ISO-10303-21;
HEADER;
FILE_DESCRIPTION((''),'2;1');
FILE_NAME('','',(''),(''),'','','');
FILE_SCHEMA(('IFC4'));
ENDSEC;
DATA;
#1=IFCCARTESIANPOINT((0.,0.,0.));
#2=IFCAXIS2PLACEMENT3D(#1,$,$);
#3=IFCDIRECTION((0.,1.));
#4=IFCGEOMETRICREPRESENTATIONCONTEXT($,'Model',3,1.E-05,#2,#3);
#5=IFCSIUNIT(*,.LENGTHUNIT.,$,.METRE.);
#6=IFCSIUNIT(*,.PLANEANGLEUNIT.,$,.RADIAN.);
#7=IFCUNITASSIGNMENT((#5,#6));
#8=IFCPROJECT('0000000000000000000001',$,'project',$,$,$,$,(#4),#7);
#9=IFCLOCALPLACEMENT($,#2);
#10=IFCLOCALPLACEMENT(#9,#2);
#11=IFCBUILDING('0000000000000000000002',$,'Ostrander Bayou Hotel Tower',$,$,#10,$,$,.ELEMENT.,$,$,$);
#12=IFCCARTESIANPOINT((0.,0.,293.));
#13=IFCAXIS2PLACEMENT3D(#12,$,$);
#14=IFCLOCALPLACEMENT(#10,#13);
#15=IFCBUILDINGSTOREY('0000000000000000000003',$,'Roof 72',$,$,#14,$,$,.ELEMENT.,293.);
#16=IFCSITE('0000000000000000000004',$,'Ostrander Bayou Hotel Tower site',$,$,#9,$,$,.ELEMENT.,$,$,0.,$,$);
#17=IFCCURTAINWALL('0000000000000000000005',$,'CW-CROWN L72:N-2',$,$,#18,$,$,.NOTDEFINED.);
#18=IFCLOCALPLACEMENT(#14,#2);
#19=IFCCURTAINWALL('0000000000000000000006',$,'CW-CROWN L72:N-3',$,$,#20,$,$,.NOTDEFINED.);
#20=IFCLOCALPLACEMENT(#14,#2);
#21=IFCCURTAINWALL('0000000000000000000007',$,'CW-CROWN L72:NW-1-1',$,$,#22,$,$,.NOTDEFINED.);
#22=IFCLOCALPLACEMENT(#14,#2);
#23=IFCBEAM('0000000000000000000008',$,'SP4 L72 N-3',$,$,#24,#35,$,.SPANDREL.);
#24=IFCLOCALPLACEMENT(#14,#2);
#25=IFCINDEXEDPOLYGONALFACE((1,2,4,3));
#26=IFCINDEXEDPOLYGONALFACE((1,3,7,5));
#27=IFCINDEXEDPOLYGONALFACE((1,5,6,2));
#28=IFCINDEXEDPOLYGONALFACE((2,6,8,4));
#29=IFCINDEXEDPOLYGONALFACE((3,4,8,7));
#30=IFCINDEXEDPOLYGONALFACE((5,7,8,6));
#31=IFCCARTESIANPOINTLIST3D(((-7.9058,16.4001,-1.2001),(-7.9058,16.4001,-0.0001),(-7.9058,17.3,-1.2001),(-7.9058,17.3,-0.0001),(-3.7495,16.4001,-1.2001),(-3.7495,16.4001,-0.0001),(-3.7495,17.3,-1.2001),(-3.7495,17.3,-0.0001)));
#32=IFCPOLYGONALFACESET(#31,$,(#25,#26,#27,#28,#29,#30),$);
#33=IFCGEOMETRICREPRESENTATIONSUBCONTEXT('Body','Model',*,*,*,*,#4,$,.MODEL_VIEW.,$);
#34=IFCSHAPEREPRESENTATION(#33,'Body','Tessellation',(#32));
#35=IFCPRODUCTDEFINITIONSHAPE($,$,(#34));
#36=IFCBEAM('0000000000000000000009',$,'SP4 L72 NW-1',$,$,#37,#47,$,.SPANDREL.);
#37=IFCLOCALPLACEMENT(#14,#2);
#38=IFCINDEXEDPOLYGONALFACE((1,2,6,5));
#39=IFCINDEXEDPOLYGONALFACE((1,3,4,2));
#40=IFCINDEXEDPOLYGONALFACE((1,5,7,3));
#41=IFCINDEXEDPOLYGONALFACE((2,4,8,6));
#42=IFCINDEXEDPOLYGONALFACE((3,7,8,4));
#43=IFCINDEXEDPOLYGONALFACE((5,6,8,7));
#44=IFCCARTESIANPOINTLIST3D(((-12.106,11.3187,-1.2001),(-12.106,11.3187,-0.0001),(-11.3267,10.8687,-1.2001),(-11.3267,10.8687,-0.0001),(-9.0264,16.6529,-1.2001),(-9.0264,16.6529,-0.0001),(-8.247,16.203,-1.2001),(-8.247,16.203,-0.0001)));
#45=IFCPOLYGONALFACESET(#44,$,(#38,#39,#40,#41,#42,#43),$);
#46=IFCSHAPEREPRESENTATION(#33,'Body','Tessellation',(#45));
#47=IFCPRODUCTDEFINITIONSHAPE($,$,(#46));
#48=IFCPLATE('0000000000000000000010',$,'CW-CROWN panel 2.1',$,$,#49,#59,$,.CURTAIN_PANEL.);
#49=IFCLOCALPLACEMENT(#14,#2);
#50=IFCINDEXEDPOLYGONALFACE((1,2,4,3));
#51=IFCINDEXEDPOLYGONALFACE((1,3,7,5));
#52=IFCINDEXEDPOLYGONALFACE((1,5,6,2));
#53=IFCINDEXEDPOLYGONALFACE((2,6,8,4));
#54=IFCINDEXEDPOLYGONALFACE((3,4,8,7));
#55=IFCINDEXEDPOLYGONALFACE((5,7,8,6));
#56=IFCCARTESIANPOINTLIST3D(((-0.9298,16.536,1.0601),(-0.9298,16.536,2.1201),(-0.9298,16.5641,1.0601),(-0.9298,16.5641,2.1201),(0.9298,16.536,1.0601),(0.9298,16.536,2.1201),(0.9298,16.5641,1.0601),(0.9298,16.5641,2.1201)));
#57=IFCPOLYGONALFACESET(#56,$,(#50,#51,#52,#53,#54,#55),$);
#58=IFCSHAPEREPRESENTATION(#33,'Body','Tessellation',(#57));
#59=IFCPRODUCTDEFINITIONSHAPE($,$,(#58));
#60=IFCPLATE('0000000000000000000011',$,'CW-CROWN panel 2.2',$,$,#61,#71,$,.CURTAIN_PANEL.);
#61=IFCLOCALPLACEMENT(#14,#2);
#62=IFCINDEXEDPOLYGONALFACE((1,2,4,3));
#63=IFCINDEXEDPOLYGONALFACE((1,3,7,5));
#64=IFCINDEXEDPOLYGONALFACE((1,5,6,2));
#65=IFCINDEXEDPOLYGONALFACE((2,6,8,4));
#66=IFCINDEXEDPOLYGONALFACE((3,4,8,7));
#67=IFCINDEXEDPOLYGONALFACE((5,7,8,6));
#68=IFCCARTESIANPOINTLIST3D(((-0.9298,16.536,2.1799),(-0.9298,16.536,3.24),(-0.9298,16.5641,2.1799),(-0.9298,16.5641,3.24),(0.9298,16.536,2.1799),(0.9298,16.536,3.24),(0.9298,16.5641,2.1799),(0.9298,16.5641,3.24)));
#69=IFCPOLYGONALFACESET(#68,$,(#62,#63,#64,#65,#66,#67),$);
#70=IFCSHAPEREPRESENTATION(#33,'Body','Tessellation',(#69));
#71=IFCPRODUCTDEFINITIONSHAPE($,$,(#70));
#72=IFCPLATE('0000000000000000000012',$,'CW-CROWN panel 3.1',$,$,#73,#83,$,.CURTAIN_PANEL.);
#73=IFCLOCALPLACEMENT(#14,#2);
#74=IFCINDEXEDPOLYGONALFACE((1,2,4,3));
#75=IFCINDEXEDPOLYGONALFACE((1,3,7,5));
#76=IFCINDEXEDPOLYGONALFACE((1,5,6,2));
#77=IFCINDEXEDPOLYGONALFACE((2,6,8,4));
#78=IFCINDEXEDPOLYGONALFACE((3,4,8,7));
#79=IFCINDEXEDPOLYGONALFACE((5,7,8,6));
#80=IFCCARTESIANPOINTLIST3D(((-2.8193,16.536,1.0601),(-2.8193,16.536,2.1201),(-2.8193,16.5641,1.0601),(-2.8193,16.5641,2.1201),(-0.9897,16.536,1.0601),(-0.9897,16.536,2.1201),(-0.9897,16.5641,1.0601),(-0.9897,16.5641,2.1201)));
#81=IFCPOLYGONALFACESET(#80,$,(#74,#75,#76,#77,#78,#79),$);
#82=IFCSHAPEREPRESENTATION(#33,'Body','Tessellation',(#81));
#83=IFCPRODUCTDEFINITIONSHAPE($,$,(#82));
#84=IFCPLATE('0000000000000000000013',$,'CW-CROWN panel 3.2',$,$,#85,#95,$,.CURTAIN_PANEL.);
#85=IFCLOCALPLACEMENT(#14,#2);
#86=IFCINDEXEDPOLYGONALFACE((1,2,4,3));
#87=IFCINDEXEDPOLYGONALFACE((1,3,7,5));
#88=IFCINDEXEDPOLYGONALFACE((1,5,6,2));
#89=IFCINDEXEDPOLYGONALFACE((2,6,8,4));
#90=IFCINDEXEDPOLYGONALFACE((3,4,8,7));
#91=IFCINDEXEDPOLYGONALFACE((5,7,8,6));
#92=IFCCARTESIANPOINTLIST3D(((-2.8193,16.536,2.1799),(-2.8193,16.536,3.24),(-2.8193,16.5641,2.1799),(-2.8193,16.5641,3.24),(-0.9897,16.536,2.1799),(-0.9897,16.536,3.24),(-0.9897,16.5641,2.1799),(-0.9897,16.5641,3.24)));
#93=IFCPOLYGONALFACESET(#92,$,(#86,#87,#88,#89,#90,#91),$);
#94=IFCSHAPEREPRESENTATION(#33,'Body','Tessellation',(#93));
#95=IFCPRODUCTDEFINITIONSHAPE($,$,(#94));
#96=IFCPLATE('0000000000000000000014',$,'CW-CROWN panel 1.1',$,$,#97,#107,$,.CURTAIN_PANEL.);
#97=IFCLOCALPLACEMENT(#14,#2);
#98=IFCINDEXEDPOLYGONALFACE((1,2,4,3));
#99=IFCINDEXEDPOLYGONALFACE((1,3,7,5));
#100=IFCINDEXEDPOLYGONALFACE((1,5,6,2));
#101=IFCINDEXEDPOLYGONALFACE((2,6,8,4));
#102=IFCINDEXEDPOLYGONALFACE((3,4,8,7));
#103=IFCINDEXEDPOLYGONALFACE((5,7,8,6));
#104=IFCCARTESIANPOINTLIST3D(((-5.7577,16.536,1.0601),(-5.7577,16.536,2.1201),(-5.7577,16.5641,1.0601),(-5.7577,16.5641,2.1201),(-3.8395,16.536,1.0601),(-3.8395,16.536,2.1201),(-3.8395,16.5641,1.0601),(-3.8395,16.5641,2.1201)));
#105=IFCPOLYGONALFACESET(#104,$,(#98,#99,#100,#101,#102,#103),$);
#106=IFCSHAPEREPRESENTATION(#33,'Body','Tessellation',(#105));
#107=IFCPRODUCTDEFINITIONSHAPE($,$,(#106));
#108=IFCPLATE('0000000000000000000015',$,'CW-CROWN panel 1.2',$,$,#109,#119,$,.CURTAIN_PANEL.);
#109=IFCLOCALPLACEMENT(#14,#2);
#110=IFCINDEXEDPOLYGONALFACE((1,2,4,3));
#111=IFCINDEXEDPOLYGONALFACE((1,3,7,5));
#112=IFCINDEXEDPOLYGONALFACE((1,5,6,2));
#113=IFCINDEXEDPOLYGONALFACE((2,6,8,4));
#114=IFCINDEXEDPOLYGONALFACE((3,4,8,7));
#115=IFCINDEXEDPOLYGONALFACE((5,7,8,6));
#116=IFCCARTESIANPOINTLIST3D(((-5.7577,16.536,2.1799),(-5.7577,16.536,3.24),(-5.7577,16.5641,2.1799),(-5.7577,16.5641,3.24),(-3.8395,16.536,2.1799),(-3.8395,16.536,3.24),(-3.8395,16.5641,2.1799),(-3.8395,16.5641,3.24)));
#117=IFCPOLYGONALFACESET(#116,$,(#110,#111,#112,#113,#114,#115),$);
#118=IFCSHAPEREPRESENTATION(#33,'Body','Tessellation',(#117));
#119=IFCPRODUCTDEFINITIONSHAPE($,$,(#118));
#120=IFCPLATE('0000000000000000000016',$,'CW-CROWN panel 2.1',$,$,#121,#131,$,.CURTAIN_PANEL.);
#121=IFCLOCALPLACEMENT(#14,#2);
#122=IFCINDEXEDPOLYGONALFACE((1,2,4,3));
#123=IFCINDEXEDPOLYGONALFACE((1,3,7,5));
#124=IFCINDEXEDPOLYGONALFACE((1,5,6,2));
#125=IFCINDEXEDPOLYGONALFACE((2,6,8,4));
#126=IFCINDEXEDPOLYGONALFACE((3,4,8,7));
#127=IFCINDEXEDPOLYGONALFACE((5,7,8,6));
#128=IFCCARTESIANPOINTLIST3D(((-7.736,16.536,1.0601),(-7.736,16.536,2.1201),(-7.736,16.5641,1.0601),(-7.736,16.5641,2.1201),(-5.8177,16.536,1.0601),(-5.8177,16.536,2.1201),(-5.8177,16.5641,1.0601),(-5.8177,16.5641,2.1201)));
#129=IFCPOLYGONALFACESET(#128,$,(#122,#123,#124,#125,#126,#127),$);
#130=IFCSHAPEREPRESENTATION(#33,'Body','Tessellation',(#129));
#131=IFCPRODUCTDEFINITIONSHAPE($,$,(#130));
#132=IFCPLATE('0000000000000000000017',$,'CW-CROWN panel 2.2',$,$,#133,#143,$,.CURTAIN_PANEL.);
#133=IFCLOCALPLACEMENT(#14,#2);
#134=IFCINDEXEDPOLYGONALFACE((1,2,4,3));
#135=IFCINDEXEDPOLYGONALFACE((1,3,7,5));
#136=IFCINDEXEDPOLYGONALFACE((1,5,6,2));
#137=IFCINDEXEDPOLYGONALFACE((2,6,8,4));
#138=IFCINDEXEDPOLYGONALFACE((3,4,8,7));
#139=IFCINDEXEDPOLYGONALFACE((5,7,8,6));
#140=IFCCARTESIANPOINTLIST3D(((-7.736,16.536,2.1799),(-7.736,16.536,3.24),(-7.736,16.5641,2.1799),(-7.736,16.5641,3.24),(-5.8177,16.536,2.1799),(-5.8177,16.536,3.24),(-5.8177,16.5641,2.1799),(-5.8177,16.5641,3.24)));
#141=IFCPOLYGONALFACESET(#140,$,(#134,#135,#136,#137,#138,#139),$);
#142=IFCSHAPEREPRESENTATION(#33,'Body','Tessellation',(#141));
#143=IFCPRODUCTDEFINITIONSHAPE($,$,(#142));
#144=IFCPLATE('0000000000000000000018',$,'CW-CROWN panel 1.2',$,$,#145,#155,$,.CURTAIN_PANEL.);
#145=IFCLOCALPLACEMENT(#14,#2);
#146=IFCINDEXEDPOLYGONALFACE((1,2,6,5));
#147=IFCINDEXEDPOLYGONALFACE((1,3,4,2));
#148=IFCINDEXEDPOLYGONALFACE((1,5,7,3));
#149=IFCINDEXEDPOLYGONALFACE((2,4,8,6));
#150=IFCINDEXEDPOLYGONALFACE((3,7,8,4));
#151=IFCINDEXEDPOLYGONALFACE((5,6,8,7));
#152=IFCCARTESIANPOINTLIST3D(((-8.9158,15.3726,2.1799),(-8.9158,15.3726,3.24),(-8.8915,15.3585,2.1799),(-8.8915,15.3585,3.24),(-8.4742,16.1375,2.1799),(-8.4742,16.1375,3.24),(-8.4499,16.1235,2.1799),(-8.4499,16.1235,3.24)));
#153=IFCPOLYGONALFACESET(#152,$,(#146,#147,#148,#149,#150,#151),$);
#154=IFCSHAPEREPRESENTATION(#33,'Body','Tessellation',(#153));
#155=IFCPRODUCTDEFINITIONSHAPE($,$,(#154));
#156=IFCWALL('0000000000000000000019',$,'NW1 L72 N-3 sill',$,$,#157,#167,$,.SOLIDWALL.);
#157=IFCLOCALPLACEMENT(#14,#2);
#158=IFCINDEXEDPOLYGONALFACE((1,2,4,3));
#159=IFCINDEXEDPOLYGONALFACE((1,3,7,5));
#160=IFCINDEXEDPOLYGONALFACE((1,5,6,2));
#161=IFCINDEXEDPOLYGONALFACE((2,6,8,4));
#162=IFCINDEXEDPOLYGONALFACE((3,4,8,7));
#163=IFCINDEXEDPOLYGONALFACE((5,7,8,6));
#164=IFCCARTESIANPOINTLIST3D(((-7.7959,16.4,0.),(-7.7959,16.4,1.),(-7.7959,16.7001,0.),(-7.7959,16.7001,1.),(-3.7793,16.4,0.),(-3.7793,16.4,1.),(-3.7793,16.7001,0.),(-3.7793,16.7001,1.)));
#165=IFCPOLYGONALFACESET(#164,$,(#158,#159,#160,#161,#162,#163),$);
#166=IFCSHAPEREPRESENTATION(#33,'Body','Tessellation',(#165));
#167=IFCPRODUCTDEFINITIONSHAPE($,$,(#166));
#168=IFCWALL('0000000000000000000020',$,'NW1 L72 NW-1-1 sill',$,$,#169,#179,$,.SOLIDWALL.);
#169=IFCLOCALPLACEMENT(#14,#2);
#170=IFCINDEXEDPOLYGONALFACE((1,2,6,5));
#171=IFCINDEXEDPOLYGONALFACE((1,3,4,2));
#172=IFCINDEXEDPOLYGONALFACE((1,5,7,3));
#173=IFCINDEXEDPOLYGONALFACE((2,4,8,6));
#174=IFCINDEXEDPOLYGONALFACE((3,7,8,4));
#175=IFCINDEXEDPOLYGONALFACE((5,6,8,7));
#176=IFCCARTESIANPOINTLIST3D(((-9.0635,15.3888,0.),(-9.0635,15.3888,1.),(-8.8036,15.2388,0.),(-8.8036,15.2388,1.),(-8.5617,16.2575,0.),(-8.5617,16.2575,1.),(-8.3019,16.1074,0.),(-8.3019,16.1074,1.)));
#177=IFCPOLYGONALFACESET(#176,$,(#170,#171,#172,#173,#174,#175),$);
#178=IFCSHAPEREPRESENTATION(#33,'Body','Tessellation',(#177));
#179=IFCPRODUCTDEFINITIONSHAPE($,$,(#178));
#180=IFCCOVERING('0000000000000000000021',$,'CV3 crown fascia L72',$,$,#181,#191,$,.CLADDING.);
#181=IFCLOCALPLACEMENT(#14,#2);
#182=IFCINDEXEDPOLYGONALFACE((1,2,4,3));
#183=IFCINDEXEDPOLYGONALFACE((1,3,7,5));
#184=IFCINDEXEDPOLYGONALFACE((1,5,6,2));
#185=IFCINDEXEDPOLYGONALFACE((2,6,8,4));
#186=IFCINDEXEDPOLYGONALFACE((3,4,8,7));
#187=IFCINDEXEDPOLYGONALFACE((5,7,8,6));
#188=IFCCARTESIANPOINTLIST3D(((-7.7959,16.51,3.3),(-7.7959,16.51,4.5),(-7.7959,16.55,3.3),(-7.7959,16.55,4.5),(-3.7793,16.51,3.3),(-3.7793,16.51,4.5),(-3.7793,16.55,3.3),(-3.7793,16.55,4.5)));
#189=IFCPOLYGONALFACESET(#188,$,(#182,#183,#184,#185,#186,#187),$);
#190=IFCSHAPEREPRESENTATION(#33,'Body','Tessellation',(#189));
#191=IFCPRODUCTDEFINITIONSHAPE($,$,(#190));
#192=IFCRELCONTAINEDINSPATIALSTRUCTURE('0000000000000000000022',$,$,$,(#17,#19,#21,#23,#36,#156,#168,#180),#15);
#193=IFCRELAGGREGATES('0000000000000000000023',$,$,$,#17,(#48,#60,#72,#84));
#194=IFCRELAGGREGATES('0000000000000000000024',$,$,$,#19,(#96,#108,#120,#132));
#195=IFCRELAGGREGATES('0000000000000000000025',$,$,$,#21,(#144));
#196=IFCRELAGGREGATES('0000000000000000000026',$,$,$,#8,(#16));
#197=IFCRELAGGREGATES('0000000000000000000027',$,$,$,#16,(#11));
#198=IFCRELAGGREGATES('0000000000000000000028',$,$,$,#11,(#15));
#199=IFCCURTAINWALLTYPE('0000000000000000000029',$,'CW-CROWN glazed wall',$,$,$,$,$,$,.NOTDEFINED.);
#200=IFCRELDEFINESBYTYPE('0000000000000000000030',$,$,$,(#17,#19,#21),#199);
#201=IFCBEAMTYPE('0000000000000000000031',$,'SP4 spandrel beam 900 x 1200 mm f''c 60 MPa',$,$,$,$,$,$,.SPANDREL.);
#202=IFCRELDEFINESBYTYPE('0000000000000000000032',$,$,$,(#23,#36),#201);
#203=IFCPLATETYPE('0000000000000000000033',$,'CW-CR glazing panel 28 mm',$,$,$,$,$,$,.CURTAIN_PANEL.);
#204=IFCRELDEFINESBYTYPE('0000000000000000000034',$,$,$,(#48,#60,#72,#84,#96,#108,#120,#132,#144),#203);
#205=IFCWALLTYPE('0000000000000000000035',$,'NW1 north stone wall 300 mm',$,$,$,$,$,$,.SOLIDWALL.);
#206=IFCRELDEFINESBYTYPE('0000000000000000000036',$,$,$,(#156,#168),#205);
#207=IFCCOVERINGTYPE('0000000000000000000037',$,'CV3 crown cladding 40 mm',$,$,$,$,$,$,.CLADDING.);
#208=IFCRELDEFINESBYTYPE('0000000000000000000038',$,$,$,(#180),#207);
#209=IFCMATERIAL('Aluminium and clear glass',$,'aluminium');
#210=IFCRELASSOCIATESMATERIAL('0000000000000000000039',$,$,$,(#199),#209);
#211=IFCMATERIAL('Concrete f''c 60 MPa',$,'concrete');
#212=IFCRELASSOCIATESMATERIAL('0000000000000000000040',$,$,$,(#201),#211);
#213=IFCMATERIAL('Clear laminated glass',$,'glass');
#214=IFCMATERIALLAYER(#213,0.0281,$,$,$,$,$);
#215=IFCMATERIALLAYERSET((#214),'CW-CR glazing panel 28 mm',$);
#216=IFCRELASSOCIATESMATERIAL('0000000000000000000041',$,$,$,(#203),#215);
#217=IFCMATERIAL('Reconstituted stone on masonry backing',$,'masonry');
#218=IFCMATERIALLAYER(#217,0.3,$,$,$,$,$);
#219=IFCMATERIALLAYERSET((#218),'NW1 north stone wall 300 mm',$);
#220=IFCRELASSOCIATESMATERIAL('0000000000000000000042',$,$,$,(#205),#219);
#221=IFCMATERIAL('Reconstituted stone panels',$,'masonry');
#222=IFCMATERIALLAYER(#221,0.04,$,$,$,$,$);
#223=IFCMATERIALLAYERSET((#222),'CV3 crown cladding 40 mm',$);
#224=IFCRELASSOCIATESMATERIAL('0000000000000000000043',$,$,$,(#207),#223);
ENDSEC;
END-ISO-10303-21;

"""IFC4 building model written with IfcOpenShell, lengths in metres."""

from ifc_helpers import new_model, si_unit, direction, frame, frame_2d, origin, origin_2d, place, context, subcontext, project, spatial, polyline, rectangle, outline, extrude, material, layer, layer_set, material_profile, profile_set, type_object, element, aggregate, save


model = new_model("IFC4")

# Units and contexts
model_context = context("Model", 3, precision=1e-05, world=origin(), true_north=direction((0.0, 1.0)))
body_context = subcontext(model_context, "Body", "Model", "MODEL_VIEW")
ifc_project = project(units=[si_unit("LENGTHUNIT", "METRE"), si_unit("PLANEANGLEUNIT", "RADIAN")], contexts=[model_context])

# Site, building, storey
site_placement = place(None, origin())
site = spatial("IfcSite", under=ifc_project, at=site_placement, Name="Ostrander Bayou Hotel Tower site", CompositionType="ELEMENT", RefElevation=0.0)
building_placement = place(site_placement, origin())
building = spatial("IfcBuilding", under=site, at=building_placement, Name="Ostrander Bayou Hotel Tower", CompositionType="ELEMENT")
storey_placement = place(building_placement, frame((0.0, 0.0, 293.0)))
storey = spatial("IfcBuildingStorey", under=building, at=storey_placement, Name="Roof 72", CompositionType="ELEMENT", Elevation=293.0)

# Curtain walls
ifc_material_1 = material(Name="Aluminium and clear glass", Category="aluminium")
curtain_wall_type = type_object("IfcCurtainWallType", Name="CW-CROWN glazed wall", PredefinedType="NOTDEFINED", material=ifc_material_1)
curtain_wall_1_placement = place(storey_placement, origin())
curtain_wall_1 = element("IfcCurtainWall", 1, at=curtain_wall_1_placement, inside=storey, type_object=curtain_wall_type, Name="CW-CROWN L72:N-2", PredefinedType="NOTDEFINED")
curtain_wall_2_placement = place(storey_placement, origin())
curtain_wall_2 = element("IfcCurtainWall", 2, at=curtain_wall_2_placement, inside=storey, type_object=curtain_wall_type, Name="CW-CROWN L72:N-3", PredefinedType="NOTDEFINED")

# Curtain wall
curtain_wall_3_placement = place(storey_placement, origin())
curtain_wall_3 = element("IfcCurtainWall", 3, at=curtain_wall_3_placement, inside=storey, type_object=curtain_wall_type, Name="CW-CROWN L72:NW-1-1", PredefinedType="NOTDEFINED")

# Beams
ifc_material_2 = material(Name="Concrete f'c 60 MPa", Category="concrete")
ifc_material_profile_1 = material_profile(ifc_material_2, rectangle(XDim=0.8999, YDim=1.2, at=origin_2d()))
ifc_profile_set_1 = profile_set([ifc_material_profile_1], Name="Concrete f'c 60 MPa")
beam_type = type_object("IfcBeamType", Name="SP4 spandrel beam 900 x 1200 mm f'c 60 MPa", PredefinedType="SPANDREL", material=ifc_profile_set_1)
beam_1_placement = place(storey_placement, frame((-3.7495, 16.8501, -0.6001), z_axis=(-1.0, 0.0, 0.0), x_axis=(0.0, -1.0, 0.0)))
element("IfcBeam", 4, at=beam_1_placement, inside=storey, type_object=beam_type, Name="SP4 L72 N-3", PredefinedType="SPANDREL", context=body_context, shape_type="SweptSolid", body=[
    extrude(rectangle(XDim=0.8999, YDim=1.2, at=origin_2d()), origin(), (0.0, 0.0, 1.0), 4.1562),
])
beam_2_placement = place(storey_placement, frame((-8.6367, 16.428, -0.6001), z_axis=(-0.499984, -0.866034, 0.0), x_axis=(0.866034, -0.499984, 0.0)))
element("IfcBeam", 5, at=beam_2_placement, inside=storey, type_object=beam_type, Name="SP4 L72 NW-1", PredefinedType="SPANDREL", context=body_context, shape_type="SweptSolid", body=[
    extrude(rectangle(XDim=0.8999, YDim=1.2, at=origin_2d()), origin(), (0.0, 0.0, 1.0), 6.1594),
])

# Plates
ifc_material_3 = material(Name="Clear laminated glass", Category="glass")
ifc_layer_1 = layer(ifc_material_3, 0.0281)
ifc_layer_set_1 = layer_set([ifc_layer_1], Name="CW-CR glazing panel 28 mm")
plate_type = type_object("IfcPlateType", Name="CW-CR glazing panel 28 mm", PredefinedType="CURTAIN_PANEL", material=ifc_layer_set_1)
plate_1_placement = place(storey_placement, frame((0.0, 16.55, 1.0601), z_axis=(0.0, 0.0, 1.0), x_axis=(-1.0, 0.0, 0.0)))
plate_1 = element("IfcPlate", 6, at=plate_1_placement, type_object=plate_type, Name="CW-CROWN panel 2.1", PredefinedType="CURTAIN_PANEL", context=body_context, shape_type="SweptSolid", body=[
    extrude(rectangle(XDim=1.8596, YDim=0.0281, at=origin_2d()), origin(), (0.0, 0.0, 1.0), 1.0601),
])
plate_2_placement = place(storey_placement, frame((0.0, 16.55, 2.1799), z_axis=(0.0, 0.0, 1.0), x_axis=(-1.0, 0.0, 0.0)))
plate_2 = element("IfcPlate", 7, at=plate_2_placement, type_object=plate_type, Name="CW-CROWN panel 2.2", PredefinedType="CURTAIN_PANEL", context=body_context, shape_type="SweptSolid", body=[
    extrude(rectangle(XDim=1.8596, YDim=0.0281, at=origin_2d()), origin(), (0.0, 0.0, 1.0), 1.0601),
])
plate_3_placement = place(storey_placement, frame((-1.9045, 16.55, 1.0601), z_axis=(0.0, 0.0, 1.0), x_axis=(-1.0, 0.0, 0.0)))
plate_3 = element("IfcPlate", 8, at=plate_3_placement, type_object=plate_type, Name="CW-CROWN panel 3.1", PredefinedType="CURTAIN_PANEL", context=body_context, shape_type="SweptSolid", body=[
    extrude(rectangle(XDim=1.8296, YDim=0.0281, at=origin_2d()), origin(), (0.0, 0.0, 1.0), 1.0601),
])
plate_4_placement = place(storey_placement, frame((-1.9045, 16.55, 2.1799), z_axis=(0.0, 0.0, 1.0), x_axis=(-1.0, 0.0, 0.0)))
plate_4 = element("IfcPlate", 9, at=plate_4_placement, type_object=plate_type, Name="CW-CROWN panel 3.2", PredefinedType="CURTAIN_PANEL", context=body_context, shape_type="SweptSolid", body=[
    extrude(rectangle(XDim=1.8296, YDim=0.0281, at=origin_2d()), origin(), (0.0, 0.0, 1.0), 1.0601),
])
aggregate(curtain_wall_1, [plate_1, plate_2, plate_3, plate_4])
plate_5_placement = place(storey_placement, frame((-4.7986, 16.55, 1.0601), z_axis=(0.0, 0.0, 1.0), x_axis=(-1.0, 0.0, 0.0)))
plate_5 = element("IfcPlate", 10, at=plate_5_placement, type_object=plate_type, Name="CW-CROWN panel 1.1", PredefinedType="CURTAIN_PANEL", context=body_context, shape_type="SweptSolid", body=[
    extrude(rectangle(XDim=1.9182, YDim=0.0281, at=origin_2d()), origin(), (0.0, 0.0, 1.0), 1.0601),
])
plate_6_placement = place(storey_placement, frame((-4.7986, 16.55, 2.1799), z_axis=(0.0, 0.0, 1.0), x_axis=(-1.0, 0.0, 0.0)))
plate_6 = element("IfcPlate", 11, at=plate_6_placement, type_object=plate_type, Name="CW-CROWN panel 1.2", PredefinedType="CURTAIN_PANEL", context=body_context, shape_type="SweptSolid", body=[
    extrude(rectangle(XDim=1.9182, YDim=0.0281, at=origin_2d()), origin(), (0.0, 0.0, 1.0), 1.0601),
])
plate_7_placement = place(storey_placement, frame((-6.7769, 16.55, 1.0601), z_axis=(0.0, 0.0, 1.0), x_axis=(-1.0, 0.0, 0.0)))
plate_7 = element("IfcPlate", 12, at=plate_7_placement, type_object=plate_type, Name="CW-CROWN panel 2.1", PredefinedType="CURTAIN_PANEL", context=body_context, shape_type="SweptSolid", body=[
    extrude(rectangle(XDim=1.9182, YDim=0.0281, at=origin_2d()), origin(), (0.0, 0.0, 1.0), 1.0601),
])
plate_8_placement = place(storey_placement, frame((-6.7769, 16.55, 2.1799), z_axis=(0.0, 0.0, 1.0), x_axis=(-1.0, 0.0, 0.0)))
plate_8 = element("IfcPlate", 13, at=plate_8_placement, type_object=plate_type, Name="CW-CROWN panel 2.2", PredefinedType="CURTAIN_PANEL", context=body_context, shape_type="SweptSolid", body=[
    extrude(rectangle(XDim=1.9182, YDim=0.0281, at=origin_2d()), origin(), (0.0, 0.0, 1.0), 1.0601),
])
aggregate(curtain_wall_2, [plate_5, plate_6, plate_7, plate_8])
plate_9_placement = place(storey_placement, frame((-8.6829, 15.748, 2.1799), z_axis=(0.0, 0.0, 1.0), x_axis=(-0.499999, -0.866026, 0.0)))
plate_9 = element("IfcPlate", 14, at=plate_9_placement, type_object=plate_type, Name="CW-CROWN panel 1.2", PredefinedType="CURTAIN_PANEL", context=body_context, shape_type="SweptSolid", body=[
    extrude(rectangle(XDim=0.8833, YDim=0.0281, at=origin_2d()), origin(), (0.0, 0.0, 1.0), 1.0601),
])
aggregate(curtain_wall_3, [plate_9])

# Walls
ifc_material_4 = material(Name="Reconstituted stone on masonry backing", Category="masonry")
ifc_layer_2 = layer(ifc_material_4, 0.3)
ifc_layer_set_2 = layer_set([ifc_layer_2], Name="NW1 north stone wall 300 mm")
wall_type = type_object("IfcWallType", Name="NW1 north stone wall 300 mm", PredefinedType="SOLIDWALL", material=ifc_layer_set_2)
wall_1_placement = place(storey_placement, frame((-3.7793, 16.55, 0.0), z_axis=(0.0, 0.0, 1.0), x_axis=(-1.0, 0.0, 0.0)))
element("IfcWall", 15, at=wall_1_placement, inside=storey, type_object=wall_type, Name="NW1 L72 N-3 sill", PredefinedType="SOLIDWALL", context=body_context, shape_type="SweptSolid", body=[
    extrude(rectangle(XDim=4.0166, YDim=0.3, at=frame_2d((2.0083, 0.0))), origin(), (0.0, 0.0, 1.0), 1.0),
])
wall_2_placement = place(storey_placement, frame((-8.4319, 16.1824, 0.0), z_axis=(0.0, 0.0, 1.0), x_axis=(-0.500144, -0.865942, 0.0)))
element("IfcWall", 16, at=wall_2_placement, inside=storey, type_object=wall_type, Name="NW1 L72 NW-1-1 sill", PredefinedType="SOLIDWALL", context=body_context, shape_type="SweptSolid", body=[
    extrude(rectangle(XDim=1.0032, YDim=0.3, at=frame_2d((0.5015, 0.0))), origin(), (0.0, 0.0, 1.0), 1.0),
])

# Covering
ifc_material_5 = material(Name="Reconstituted stone panels", Category="masonry")
ifc_layer_3 = layer(ifc_material_5, 0.04)
ifc_layer_set_3 = layer_set([ifc_layer_3], Name="CV3 crown cladding 40 mm")
covering_type = type_object("IfcCoveringType", Name="CV3 crown cladding 40 mm", PredefinedType="CLADDING", material=ifc_layer_set_3)
covering_1_placement = place(storey_placement, frame((-3.7793, 16.55, 3.3), z_axis=(0.0, 1.0, 0.0), x_axis=(-1.0, 0.0, 0.0)))
element("IfcCovering", 17, at=covering_1_placement, inside=storey, type_object=covering_type, Name="CV3 crown fascia L72", PredefinedType="CLADDING", context=body_context, shape_type="SweptSolid", body=[
    extrude(outline(polyline([(0.0, 0.0), (4.0166, 0.0), (4.0166, 1.2), (0.0, 1.2), (0.0, 0.0)])), origin(), (0.0, 0.0, -1.0), 0.04),
])

save(model, "model.ifc")
